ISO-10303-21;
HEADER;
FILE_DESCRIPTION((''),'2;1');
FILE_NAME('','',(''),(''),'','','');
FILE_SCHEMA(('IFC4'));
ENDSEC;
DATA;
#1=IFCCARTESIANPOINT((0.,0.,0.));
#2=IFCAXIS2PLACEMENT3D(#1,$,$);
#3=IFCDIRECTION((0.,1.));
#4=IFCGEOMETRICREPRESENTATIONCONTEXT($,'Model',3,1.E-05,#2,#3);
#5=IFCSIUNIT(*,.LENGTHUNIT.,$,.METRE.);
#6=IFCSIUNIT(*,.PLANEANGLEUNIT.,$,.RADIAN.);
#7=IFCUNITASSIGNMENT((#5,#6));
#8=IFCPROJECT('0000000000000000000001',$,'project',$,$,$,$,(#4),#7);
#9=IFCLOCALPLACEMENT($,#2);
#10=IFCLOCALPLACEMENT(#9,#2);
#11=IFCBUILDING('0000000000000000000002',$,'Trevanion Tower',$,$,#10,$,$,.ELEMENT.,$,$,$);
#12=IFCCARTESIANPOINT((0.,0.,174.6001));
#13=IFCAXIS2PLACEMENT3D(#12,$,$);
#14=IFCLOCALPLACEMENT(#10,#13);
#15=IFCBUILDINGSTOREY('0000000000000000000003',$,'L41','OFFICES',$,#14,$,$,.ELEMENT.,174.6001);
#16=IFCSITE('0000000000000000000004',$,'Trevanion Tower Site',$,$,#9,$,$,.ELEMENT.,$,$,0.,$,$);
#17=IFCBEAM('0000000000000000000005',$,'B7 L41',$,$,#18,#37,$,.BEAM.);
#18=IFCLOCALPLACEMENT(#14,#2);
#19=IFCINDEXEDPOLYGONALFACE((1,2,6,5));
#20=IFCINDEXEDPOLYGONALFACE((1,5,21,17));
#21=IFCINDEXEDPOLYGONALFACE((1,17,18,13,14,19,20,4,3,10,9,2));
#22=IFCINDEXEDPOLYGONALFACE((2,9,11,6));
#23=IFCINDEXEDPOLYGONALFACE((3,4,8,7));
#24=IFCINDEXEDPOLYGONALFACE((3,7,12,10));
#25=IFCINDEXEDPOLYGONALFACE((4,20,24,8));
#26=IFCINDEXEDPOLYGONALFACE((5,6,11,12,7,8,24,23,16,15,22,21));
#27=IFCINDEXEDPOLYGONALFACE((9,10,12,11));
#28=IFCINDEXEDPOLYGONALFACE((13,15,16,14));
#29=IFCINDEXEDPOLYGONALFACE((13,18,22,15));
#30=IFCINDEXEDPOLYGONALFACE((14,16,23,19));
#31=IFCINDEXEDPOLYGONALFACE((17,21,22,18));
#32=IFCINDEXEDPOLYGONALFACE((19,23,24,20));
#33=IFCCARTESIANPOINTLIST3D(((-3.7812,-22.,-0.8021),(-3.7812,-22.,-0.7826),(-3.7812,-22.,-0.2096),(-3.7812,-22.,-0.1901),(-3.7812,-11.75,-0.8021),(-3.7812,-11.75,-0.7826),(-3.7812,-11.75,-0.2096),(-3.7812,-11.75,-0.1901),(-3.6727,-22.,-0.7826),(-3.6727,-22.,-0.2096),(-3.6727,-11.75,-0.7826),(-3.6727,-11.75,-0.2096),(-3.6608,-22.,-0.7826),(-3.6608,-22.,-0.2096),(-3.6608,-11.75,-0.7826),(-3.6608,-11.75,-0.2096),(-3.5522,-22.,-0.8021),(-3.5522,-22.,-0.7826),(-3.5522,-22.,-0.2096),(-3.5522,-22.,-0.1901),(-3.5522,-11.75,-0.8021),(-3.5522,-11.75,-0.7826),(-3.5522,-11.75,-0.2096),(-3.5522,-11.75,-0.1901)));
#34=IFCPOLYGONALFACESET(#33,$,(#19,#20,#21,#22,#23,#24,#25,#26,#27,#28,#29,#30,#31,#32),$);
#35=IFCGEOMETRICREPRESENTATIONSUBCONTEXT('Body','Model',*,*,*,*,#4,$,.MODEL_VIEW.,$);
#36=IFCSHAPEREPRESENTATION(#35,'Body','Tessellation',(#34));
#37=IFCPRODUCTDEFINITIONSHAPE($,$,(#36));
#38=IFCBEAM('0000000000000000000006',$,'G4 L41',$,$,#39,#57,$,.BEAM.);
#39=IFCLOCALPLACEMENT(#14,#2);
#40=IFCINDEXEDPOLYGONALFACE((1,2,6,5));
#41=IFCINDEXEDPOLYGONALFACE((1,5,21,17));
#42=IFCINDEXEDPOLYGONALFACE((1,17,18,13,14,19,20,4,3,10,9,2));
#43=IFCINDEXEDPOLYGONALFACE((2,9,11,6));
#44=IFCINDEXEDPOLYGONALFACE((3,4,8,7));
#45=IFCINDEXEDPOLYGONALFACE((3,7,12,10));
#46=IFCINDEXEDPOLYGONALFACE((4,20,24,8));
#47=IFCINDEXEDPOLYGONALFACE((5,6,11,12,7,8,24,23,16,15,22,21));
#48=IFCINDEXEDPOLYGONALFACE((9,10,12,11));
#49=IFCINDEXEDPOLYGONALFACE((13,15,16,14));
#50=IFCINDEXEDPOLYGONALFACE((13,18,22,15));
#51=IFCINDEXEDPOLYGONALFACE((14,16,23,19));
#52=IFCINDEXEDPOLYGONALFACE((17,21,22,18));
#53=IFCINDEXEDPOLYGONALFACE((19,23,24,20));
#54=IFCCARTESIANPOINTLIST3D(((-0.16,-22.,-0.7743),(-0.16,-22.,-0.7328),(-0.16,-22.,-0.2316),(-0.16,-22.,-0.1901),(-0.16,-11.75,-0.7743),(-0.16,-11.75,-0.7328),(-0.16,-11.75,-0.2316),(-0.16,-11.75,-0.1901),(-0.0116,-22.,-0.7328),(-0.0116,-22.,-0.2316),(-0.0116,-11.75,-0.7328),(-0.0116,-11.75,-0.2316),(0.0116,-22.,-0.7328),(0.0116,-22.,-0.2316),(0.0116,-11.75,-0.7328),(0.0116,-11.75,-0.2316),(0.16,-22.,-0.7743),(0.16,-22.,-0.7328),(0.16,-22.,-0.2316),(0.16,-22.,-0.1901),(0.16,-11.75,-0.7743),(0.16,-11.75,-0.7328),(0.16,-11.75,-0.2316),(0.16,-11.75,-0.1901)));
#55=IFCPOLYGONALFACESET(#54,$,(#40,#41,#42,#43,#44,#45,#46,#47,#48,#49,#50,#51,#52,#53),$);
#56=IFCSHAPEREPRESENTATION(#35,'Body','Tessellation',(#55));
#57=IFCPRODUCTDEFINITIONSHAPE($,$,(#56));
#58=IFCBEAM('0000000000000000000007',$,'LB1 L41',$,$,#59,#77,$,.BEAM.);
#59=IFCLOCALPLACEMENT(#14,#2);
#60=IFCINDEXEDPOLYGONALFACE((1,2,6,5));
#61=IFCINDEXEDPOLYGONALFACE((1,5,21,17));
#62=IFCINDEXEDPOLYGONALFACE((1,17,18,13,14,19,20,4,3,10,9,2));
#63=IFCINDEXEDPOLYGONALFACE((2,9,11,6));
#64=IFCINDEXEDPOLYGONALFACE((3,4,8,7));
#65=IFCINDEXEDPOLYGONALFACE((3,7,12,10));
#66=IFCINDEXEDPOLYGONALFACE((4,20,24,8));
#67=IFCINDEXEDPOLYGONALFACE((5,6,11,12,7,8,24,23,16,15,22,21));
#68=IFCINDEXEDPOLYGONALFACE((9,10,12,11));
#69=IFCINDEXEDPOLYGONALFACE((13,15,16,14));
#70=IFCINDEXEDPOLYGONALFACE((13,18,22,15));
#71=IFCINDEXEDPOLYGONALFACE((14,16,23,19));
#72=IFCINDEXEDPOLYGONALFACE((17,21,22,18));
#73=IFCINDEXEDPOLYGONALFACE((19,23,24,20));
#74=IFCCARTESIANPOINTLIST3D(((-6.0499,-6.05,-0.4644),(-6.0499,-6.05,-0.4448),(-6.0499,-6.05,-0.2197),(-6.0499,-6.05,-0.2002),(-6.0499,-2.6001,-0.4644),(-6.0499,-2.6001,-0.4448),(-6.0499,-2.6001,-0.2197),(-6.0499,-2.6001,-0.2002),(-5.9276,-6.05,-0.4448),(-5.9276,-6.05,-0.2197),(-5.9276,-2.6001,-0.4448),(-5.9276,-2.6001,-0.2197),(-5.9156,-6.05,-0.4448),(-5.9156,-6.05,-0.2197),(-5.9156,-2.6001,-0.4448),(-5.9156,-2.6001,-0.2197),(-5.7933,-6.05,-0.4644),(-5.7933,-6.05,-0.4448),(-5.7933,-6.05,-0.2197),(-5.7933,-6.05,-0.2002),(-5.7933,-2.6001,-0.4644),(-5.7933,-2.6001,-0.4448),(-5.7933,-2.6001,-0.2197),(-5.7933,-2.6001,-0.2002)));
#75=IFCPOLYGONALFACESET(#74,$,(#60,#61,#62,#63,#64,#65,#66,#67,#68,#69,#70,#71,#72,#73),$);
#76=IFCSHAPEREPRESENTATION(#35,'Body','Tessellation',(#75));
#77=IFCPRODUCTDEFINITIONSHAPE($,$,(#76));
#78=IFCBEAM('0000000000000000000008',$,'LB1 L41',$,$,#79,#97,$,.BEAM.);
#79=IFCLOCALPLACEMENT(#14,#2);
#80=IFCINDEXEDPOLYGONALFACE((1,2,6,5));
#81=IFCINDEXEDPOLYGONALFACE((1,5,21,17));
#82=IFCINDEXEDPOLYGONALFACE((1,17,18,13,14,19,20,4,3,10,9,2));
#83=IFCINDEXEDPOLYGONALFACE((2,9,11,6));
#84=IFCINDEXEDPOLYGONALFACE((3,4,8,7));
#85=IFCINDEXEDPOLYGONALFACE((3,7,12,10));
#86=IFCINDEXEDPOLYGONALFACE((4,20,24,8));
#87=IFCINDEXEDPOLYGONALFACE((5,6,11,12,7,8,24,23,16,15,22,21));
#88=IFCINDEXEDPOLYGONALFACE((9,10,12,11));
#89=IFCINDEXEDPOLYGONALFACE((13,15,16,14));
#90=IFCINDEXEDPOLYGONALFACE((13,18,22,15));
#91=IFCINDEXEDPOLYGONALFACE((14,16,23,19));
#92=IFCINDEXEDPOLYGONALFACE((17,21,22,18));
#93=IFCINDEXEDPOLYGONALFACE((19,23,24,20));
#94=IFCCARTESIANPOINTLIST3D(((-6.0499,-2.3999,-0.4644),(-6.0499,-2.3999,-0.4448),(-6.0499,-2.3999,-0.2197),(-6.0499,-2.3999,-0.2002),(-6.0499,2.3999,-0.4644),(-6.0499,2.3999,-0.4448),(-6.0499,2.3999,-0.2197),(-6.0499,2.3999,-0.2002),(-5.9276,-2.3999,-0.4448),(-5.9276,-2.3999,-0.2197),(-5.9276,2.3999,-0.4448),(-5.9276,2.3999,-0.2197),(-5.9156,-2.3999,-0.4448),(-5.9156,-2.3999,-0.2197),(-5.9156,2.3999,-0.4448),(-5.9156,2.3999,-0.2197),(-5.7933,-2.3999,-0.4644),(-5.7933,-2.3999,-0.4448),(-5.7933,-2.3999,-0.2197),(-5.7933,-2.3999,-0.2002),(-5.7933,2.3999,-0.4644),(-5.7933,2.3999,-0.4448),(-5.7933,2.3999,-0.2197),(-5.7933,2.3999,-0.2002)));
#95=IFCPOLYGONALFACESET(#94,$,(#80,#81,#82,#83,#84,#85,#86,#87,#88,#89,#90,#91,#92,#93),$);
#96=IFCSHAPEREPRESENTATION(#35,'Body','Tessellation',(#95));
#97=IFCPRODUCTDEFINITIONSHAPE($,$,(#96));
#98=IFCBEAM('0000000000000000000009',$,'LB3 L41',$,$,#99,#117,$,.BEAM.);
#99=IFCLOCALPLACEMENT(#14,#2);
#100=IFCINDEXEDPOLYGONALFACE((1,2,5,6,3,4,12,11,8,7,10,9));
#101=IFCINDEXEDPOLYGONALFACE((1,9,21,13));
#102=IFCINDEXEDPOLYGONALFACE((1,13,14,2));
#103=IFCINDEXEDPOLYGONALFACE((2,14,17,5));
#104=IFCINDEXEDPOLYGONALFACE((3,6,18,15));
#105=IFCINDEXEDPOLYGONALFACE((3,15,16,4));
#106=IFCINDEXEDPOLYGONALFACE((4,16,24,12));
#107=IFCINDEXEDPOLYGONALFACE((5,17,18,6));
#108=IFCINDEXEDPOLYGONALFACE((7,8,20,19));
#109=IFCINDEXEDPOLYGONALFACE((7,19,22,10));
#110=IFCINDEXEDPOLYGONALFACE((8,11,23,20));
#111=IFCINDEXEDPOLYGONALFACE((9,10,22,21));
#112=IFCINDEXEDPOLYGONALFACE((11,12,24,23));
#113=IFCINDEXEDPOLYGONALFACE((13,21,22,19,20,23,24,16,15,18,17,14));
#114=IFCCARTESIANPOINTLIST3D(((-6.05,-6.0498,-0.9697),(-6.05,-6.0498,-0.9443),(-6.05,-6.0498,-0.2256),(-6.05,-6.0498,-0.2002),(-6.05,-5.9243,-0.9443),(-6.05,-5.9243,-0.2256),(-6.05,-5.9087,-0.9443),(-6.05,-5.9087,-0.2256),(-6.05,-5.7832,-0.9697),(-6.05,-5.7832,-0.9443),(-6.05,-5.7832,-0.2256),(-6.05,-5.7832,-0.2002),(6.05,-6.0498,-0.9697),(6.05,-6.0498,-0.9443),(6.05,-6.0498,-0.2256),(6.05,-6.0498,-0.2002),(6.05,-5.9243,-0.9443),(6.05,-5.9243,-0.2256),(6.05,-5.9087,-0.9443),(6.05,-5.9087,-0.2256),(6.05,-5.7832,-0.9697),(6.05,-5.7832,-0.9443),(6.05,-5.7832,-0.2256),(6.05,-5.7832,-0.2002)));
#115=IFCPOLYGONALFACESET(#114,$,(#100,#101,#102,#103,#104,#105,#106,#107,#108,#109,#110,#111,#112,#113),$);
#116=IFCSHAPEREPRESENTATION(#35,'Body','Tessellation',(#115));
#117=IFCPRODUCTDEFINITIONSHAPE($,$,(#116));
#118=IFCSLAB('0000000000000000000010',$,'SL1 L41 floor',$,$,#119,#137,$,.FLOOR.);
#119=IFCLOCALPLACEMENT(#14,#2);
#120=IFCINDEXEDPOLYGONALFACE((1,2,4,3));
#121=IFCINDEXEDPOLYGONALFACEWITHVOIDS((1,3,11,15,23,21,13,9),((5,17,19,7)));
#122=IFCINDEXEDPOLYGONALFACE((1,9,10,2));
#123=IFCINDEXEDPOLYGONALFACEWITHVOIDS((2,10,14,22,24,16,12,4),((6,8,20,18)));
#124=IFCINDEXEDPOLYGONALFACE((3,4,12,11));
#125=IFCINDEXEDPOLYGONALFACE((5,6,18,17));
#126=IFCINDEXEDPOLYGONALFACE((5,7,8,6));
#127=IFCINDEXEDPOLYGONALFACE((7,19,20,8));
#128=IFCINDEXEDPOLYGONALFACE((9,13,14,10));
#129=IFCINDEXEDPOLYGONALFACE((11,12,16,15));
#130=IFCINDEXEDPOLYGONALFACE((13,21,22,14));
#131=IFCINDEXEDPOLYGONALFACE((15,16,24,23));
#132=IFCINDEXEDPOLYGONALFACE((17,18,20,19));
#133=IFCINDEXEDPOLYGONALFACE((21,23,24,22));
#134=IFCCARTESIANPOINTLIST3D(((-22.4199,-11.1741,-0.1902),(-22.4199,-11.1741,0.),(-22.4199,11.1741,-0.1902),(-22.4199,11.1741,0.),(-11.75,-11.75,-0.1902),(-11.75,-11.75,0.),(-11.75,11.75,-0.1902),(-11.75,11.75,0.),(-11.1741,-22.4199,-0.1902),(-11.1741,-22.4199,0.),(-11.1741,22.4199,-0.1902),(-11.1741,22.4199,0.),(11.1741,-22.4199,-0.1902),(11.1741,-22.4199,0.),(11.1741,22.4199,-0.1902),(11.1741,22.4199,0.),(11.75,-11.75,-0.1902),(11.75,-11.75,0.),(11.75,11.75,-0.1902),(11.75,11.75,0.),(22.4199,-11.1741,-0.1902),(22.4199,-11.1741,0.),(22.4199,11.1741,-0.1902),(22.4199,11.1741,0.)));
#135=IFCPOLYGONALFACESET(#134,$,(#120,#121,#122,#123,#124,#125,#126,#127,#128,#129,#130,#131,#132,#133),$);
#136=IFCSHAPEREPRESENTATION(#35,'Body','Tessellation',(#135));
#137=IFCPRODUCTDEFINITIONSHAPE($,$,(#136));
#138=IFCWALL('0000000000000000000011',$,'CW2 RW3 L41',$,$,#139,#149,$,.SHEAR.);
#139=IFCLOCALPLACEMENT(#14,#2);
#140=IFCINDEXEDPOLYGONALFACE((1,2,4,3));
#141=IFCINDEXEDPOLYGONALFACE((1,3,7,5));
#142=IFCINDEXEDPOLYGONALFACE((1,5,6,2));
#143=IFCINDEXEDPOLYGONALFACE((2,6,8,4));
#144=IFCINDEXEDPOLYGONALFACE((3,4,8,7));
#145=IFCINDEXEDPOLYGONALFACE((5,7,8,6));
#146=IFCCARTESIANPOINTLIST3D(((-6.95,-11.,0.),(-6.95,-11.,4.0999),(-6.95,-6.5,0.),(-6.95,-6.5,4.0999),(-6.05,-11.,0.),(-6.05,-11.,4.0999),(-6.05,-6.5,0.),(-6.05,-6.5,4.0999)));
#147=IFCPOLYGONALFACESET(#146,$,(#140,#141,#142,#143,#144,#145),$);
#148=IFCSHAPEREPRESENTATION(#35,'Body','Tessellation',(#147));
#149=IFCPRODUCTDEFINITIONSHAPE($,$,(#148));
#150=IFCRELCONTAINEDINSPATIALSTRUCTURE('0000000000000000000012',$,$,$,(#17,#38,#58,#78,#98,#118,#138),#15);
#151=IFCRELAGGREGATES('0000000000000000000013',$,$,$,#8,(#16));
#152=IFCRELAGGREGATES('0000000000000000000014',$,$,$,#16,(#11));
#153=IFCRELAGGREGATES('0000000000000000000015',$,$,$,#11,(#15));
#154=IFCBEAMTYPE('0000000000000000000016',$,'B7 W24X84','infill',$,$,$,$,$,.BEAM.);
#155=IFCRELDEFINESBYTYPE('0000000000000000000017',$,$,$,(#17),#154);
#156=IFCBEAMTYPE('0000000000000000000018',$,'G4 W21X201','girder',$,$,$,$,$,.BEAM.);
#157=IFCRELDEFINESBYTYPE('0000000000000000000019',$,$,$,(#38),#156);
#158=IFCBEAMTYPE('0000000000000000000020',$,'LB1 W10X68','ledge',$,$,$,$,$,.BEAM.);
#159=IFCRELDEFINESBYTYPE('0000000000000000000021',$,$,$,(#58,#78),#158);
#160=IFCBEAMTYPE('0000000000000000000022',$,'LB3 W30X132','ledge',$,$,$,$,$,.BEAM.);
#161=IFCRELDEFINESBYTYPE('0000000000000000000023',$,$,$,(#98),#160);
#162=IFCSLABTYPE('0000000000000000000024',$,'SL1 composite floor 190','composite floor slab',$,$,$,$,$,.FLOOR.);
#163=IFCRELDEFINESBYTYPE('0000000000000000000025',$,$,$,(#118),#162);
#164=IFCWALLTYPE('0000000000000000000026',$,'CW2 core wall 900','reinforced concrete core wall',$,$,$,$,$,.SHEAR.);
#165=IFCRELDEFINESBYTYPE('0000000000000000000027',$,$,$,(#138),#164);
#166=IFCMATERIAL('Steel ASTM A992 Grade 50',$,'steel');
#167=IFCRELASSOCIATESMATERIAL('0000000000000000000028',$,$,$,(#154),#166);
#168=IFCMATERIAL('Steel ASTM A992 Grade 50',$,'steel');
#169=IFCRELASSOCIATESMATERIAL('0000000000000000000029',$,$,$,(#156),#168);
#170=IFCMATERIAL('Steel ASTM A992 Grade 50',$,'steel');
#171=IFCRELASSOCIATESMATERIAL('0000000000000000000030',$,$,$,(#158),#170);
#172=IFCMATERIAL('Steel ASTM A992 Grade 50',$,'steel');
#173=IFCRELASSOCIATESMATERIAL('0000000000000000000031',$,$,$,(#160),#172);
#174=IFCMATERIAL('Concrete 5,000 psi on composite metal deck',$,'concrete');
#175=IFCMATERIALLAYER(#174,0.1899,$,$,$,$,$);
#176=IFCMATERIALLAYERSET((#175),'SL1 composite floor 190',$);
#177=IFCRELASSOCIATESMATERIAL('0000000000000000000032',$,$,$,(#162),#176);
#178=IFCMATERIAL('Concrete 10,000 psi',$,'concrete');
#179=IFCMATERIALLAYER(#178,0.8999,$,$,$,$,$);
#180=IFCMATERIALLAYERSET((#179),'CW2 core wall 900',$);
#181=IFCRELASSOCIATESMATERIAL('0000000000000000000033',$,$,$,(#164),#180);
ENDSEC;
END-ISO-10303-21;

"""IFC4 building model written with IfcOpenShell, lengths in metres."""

from ifc_helpers import new_model, si_unit, direction, frame, frame_2d, origin, origin_2d, place, context, subcontext, project, spatial, polyline, rectangle, i_section, outline, extrude, material, layer, layer_set, material_profile, profile_set, type_object, element, save


model = new_model("IFC4")

# Units and contexts
model_context = context("Model", 3, precision=1e-05, world=origin(), true_north=direction((0.0, 1.0)))
body_context = subcontext(model_context, "Body", "Model", "MODEL_VIEW")
ifc_project = project(units=[si_unit("LENGTHUNIT", "METRE"), si_unit("PLANEANGLEUNIT", "RADIAN")], contexts=[model_context])

# Site, building, storey
site_placement = place(None, origin())
site = spatial("IfcSite", under=ifc_project, at=site_placement, Name="Trevanion Tower Site", CompositionType="ELEMENT", RefElevation=0.0)
building_placement = place(site_placement, origin())
building = spatial("IfcBuilding", under=site, at=building_placement, Name="Trevanion Tower", CompositionType="ELEMENT")
storey_placement = place(building_placement, frame((0.0, 0.0, 174.6001)))
storey = spatial("IfcBuildingStorey", under=building, at=storey_placement, Name="L41", Description="OFFICES", CompositionType="ELEMENT", Elevation=174.6001)

# Beams
ifc_material_1 = material(Name="Steel ASTM A992 Grade 50", Category="steel")
ifc_material_profile_1 = material_profile(ifc_material_1, i_section(OverallWidth=0.229, OverallDepth=0.6121, WebThickness=0.012, FlangeThickness=0.0195, at=origin_2d()), Name="W24X84")
ifc_profile_set_1 = profile_set([ifc_material_profile_1], Name="Steel ASTM A992 Grade 50")
beam_type_1 = type_object("IfcBeamType", Name="B7 W24X84", Description="infill", PredefinedType="BEAM", material=ifc_profile_set_1)
beam_1_placement = place(storey_placement, frame((-3.6667, -11.75, -0.4961), z_axis=(0.0, -1.0, 0.0), x_axis=(1.0, 0.0, 0.0)))
element("IfcBeam", 1, at=beam_1_placement, inside=storey, type_object=beam_type_1, Name="B7 L41", PredefinedType="BEAM", context=body_context, shape_type="SweptSolid", body=[
    extrude(i_section(OverallWidth=0.229, OverallDepth=0.6121, WebThickness=0.012, FlangeThickness=0.0195, at=origin_2d()), origin(), (0.0, 0.0, 1.0), 10.25),
])
ifc_material_2 = material(Name="Steel ASTM A992 Grade 50", Category="steel")
ifc_material_profile_2 = material_profile(ifc_material_2, i_section(OverallWidth=0.3201, OverallDepth=0.5842, WebThickness=0.0232, FlangeThickness=0.0415, at=origin_2d()), Name="W21X201")
ifc_profile_set_2 = profile_set([ifc_material_profile_2], Name="Steel ASTM A992 Grade 50")
beam_type_2 = type_object("IfcBeamType", Name="G4 W21X201", Description="girder", PredefinedType="BEAM", material=ifc_profile_set_2)
beam_2_placement = place(storey_placement, frame((0.0, -11.75, -0.4822), z_axis=(0.0, -1.0, 0.0), x_axis=(1.0, 0.0, 0.0)))
element("IfcBeam", 2, at=beam_2_placement, inside=storey, type_object=beam_type_2, Name="G4 L41", PredefinedType="BEAM", context=body_context, shape_type="SweptSolid", body=[
    extrude(i_section(OverallWidth=0.3201, OverallDepth=0.5842, WebThickness=0.0232, FlangeThickness=0.0415, at=origin_2d()), origin(), (0.0, 0.0, 1.0), 10.25),
])
ifc_material_3 = material(Name="Steel ASTM A992 Grade 50", Category="steel")
ifc_material_profile_3 = material_profile(ifc_material_3, i_section(OverallWidth=0.2566, OverallDepth=0.2642, WebThickness=0.012, FlangeThickness=0.0195, at=origin_2d()), Name="W10X68")
ifc_profile_set_3 = profile_set([ifc_material_profile_3], Name="Steel ASTM A992 Grade 50")
beam_type_3 = type_object("IfcBeamType", Name="LB1 W10X68", Description="ledge", PredefinedType="BEAM", material=ifc_profile_set_3)
beam_3_placement = place(storey_placement, frame((-5.9216, -6.05, -0.3323), z_axis=(0.0, 1.0, 0.0), x_axis=(-1.0, 0.0, 0.0)))
element("IfcBeam", 3, at=beam_3_placement, inside=storey, type_object=beam_type_3, Name="LB1 L41", PredefinedType="BEAM", context=body_context, shape_type="SweptSolid", body=[
    extrude(i_section(OverallWidth=0.2566, OverallDepth=0.2642, WebThickness=0.012, FlangeThickness=0.0195, at=origin_2d()), origin(), (0.0, 0.0, 1.0), 3.45),
])
beam_4_placement = place(storey_placement, frame((-5.9216, -2.3999, -0.3323), z_axis=(0.0, 1.0, 0.0), x_axis=(-1.0, 0.0, 0.0)))
element("IfcBeam", 4, at=beam_4_placement, inside=storey, type_object=beam_type_3, Name="LB1 L41", PredefinedType="BEAM", context=body_context, shape_type="SweptSolid", body=[
    extrude(i_section(OverallWidth=0.2566, OverallDepth=0.2642, WebThickness=0.012, FlangeThickness=0.0195, at=origin_2d()), origin(), (0.0, 0.0, 1.0), 4.7998),
])
ifc_material_4 = material(Name="Steel ASTM A992 Grade 50", Category="steel")
ifc_material_profile_4 = material_profile(ifc_material_4, i_section(OverallWidth=0.2666, OverallDepth=0.7695, WebThickness=0.0156, FlangeThickness=0.0254, at=origin_2d()), Name="W30X132")
ifc_profile_set_4 = profile_set([ifc_material_profile_4], Name="Steel ASTM A992 Grade 50")
beam_type_4 = type_object("IfcBeamType", Name="LB3 W30X132", Description="ledge", PredefinedType="BEAM", material=ifc_profile_set_4)
beam_5_placement = place(storey_placement, frame((-6.05, -5.9165, -0.585), z_axis=(1.0, 0.0, 0.0), x_axis=(0.0, 1.0, 0.0)))
element("IfcBeam", 5, at=beam_5_placement, inside=storey, type_object=beam_type_4, Name="LB3 L41", PredefinedType="BEAM", context=body_context, shape_type="SweptSolid", body=[
    extrude(i_section(OverallWidth=0.2666, OverallDepth=0.7695, WebThickness=0.0156, FlangeThickness=0.0254, at=origin_2d()), origin(), (0.0, 0.0, 1.0), 12.1001),
])

# Slab
ifc_material_5 = material(Name="Concrete 5,000 psi on composite metal deck", Category="concrete")
ifc_layer_1 = layer(ifc_material_5, 0.1899)
ifc_layer_set_1 = layer_set([ifc_layer_1], Name="SL1 composite floor 190")
slab_type = type_object("IfcSlabType", Name="SL1 composite floor 190", Description="composite floor slab", PredefinedType="FLOOR", material=ifc_layer_set_1)
slab_placement = place(storey_placement, frame((0.0, 0.0, -0.1902)))
element("IfcSlab", 6, at=slab_placement, inside=storey, type_object=slab_type, Name="SL1 L41 floor", PredefinedType="FLOOR", context=body_context, shape_type="SweptSolid", body=[
    extrude(outline(polyline([(22.4199, -11.1741), (22.4199, 11.1741), (11.1741, 22.4199), (-11.1741, 22.4199), (-22.4199, 11.1741), (-22.4199, -11.1741), (-11.1741, -22.4199), (11.1741, -22.4199), (22.4199, -11.1741)]), holes=[polyline([(11.75, -11.75), (11.75, 11.75), (-11.75, 11.75), (-11.75, -11.75), (11.75, -11.75)])]), origin(), (0.0, 0.0, 1.0), 0.1902),
])

# Wall
ifc_material_6 = material(Name="Concrete 10,000 psi", Category="concrete")
ifc_layer_2 = layer(ifc_material_6, 0.8999)
ifc_layer_set_2 = layer_set([ifc_layer_2], Name="CW2 core wall 900")
wall_type_1 = type_object("IfcWallType", Name="CW2 core wall 900", Description="reinforced concrete core wall", PredefinedType="SHEAR", material=ifc_layer_set_2)
wall_1_placement = place(storey_placement, frame((-6.5, -6.5, 0.0), z_axis=(0.0, 0.0, 1.0), x_axis=(0.0, -1.0, 0.0)))
element("IfcWall", 7, at=wall_1_placement, inside=storey, type_object=wall_type_1, Name="CW2 RW3 L41", PredefinedType="SHEAR", context=body_context, shape_type="SweptSolid", body=[
    extrude(rectangle(XDim=4.5, YDim=0.8999, at=frame_2d((2.25, 0.0))), origin(), (0.0, 0.0, 1.0), 4.0999),
])

save(model, "model.ifc")
